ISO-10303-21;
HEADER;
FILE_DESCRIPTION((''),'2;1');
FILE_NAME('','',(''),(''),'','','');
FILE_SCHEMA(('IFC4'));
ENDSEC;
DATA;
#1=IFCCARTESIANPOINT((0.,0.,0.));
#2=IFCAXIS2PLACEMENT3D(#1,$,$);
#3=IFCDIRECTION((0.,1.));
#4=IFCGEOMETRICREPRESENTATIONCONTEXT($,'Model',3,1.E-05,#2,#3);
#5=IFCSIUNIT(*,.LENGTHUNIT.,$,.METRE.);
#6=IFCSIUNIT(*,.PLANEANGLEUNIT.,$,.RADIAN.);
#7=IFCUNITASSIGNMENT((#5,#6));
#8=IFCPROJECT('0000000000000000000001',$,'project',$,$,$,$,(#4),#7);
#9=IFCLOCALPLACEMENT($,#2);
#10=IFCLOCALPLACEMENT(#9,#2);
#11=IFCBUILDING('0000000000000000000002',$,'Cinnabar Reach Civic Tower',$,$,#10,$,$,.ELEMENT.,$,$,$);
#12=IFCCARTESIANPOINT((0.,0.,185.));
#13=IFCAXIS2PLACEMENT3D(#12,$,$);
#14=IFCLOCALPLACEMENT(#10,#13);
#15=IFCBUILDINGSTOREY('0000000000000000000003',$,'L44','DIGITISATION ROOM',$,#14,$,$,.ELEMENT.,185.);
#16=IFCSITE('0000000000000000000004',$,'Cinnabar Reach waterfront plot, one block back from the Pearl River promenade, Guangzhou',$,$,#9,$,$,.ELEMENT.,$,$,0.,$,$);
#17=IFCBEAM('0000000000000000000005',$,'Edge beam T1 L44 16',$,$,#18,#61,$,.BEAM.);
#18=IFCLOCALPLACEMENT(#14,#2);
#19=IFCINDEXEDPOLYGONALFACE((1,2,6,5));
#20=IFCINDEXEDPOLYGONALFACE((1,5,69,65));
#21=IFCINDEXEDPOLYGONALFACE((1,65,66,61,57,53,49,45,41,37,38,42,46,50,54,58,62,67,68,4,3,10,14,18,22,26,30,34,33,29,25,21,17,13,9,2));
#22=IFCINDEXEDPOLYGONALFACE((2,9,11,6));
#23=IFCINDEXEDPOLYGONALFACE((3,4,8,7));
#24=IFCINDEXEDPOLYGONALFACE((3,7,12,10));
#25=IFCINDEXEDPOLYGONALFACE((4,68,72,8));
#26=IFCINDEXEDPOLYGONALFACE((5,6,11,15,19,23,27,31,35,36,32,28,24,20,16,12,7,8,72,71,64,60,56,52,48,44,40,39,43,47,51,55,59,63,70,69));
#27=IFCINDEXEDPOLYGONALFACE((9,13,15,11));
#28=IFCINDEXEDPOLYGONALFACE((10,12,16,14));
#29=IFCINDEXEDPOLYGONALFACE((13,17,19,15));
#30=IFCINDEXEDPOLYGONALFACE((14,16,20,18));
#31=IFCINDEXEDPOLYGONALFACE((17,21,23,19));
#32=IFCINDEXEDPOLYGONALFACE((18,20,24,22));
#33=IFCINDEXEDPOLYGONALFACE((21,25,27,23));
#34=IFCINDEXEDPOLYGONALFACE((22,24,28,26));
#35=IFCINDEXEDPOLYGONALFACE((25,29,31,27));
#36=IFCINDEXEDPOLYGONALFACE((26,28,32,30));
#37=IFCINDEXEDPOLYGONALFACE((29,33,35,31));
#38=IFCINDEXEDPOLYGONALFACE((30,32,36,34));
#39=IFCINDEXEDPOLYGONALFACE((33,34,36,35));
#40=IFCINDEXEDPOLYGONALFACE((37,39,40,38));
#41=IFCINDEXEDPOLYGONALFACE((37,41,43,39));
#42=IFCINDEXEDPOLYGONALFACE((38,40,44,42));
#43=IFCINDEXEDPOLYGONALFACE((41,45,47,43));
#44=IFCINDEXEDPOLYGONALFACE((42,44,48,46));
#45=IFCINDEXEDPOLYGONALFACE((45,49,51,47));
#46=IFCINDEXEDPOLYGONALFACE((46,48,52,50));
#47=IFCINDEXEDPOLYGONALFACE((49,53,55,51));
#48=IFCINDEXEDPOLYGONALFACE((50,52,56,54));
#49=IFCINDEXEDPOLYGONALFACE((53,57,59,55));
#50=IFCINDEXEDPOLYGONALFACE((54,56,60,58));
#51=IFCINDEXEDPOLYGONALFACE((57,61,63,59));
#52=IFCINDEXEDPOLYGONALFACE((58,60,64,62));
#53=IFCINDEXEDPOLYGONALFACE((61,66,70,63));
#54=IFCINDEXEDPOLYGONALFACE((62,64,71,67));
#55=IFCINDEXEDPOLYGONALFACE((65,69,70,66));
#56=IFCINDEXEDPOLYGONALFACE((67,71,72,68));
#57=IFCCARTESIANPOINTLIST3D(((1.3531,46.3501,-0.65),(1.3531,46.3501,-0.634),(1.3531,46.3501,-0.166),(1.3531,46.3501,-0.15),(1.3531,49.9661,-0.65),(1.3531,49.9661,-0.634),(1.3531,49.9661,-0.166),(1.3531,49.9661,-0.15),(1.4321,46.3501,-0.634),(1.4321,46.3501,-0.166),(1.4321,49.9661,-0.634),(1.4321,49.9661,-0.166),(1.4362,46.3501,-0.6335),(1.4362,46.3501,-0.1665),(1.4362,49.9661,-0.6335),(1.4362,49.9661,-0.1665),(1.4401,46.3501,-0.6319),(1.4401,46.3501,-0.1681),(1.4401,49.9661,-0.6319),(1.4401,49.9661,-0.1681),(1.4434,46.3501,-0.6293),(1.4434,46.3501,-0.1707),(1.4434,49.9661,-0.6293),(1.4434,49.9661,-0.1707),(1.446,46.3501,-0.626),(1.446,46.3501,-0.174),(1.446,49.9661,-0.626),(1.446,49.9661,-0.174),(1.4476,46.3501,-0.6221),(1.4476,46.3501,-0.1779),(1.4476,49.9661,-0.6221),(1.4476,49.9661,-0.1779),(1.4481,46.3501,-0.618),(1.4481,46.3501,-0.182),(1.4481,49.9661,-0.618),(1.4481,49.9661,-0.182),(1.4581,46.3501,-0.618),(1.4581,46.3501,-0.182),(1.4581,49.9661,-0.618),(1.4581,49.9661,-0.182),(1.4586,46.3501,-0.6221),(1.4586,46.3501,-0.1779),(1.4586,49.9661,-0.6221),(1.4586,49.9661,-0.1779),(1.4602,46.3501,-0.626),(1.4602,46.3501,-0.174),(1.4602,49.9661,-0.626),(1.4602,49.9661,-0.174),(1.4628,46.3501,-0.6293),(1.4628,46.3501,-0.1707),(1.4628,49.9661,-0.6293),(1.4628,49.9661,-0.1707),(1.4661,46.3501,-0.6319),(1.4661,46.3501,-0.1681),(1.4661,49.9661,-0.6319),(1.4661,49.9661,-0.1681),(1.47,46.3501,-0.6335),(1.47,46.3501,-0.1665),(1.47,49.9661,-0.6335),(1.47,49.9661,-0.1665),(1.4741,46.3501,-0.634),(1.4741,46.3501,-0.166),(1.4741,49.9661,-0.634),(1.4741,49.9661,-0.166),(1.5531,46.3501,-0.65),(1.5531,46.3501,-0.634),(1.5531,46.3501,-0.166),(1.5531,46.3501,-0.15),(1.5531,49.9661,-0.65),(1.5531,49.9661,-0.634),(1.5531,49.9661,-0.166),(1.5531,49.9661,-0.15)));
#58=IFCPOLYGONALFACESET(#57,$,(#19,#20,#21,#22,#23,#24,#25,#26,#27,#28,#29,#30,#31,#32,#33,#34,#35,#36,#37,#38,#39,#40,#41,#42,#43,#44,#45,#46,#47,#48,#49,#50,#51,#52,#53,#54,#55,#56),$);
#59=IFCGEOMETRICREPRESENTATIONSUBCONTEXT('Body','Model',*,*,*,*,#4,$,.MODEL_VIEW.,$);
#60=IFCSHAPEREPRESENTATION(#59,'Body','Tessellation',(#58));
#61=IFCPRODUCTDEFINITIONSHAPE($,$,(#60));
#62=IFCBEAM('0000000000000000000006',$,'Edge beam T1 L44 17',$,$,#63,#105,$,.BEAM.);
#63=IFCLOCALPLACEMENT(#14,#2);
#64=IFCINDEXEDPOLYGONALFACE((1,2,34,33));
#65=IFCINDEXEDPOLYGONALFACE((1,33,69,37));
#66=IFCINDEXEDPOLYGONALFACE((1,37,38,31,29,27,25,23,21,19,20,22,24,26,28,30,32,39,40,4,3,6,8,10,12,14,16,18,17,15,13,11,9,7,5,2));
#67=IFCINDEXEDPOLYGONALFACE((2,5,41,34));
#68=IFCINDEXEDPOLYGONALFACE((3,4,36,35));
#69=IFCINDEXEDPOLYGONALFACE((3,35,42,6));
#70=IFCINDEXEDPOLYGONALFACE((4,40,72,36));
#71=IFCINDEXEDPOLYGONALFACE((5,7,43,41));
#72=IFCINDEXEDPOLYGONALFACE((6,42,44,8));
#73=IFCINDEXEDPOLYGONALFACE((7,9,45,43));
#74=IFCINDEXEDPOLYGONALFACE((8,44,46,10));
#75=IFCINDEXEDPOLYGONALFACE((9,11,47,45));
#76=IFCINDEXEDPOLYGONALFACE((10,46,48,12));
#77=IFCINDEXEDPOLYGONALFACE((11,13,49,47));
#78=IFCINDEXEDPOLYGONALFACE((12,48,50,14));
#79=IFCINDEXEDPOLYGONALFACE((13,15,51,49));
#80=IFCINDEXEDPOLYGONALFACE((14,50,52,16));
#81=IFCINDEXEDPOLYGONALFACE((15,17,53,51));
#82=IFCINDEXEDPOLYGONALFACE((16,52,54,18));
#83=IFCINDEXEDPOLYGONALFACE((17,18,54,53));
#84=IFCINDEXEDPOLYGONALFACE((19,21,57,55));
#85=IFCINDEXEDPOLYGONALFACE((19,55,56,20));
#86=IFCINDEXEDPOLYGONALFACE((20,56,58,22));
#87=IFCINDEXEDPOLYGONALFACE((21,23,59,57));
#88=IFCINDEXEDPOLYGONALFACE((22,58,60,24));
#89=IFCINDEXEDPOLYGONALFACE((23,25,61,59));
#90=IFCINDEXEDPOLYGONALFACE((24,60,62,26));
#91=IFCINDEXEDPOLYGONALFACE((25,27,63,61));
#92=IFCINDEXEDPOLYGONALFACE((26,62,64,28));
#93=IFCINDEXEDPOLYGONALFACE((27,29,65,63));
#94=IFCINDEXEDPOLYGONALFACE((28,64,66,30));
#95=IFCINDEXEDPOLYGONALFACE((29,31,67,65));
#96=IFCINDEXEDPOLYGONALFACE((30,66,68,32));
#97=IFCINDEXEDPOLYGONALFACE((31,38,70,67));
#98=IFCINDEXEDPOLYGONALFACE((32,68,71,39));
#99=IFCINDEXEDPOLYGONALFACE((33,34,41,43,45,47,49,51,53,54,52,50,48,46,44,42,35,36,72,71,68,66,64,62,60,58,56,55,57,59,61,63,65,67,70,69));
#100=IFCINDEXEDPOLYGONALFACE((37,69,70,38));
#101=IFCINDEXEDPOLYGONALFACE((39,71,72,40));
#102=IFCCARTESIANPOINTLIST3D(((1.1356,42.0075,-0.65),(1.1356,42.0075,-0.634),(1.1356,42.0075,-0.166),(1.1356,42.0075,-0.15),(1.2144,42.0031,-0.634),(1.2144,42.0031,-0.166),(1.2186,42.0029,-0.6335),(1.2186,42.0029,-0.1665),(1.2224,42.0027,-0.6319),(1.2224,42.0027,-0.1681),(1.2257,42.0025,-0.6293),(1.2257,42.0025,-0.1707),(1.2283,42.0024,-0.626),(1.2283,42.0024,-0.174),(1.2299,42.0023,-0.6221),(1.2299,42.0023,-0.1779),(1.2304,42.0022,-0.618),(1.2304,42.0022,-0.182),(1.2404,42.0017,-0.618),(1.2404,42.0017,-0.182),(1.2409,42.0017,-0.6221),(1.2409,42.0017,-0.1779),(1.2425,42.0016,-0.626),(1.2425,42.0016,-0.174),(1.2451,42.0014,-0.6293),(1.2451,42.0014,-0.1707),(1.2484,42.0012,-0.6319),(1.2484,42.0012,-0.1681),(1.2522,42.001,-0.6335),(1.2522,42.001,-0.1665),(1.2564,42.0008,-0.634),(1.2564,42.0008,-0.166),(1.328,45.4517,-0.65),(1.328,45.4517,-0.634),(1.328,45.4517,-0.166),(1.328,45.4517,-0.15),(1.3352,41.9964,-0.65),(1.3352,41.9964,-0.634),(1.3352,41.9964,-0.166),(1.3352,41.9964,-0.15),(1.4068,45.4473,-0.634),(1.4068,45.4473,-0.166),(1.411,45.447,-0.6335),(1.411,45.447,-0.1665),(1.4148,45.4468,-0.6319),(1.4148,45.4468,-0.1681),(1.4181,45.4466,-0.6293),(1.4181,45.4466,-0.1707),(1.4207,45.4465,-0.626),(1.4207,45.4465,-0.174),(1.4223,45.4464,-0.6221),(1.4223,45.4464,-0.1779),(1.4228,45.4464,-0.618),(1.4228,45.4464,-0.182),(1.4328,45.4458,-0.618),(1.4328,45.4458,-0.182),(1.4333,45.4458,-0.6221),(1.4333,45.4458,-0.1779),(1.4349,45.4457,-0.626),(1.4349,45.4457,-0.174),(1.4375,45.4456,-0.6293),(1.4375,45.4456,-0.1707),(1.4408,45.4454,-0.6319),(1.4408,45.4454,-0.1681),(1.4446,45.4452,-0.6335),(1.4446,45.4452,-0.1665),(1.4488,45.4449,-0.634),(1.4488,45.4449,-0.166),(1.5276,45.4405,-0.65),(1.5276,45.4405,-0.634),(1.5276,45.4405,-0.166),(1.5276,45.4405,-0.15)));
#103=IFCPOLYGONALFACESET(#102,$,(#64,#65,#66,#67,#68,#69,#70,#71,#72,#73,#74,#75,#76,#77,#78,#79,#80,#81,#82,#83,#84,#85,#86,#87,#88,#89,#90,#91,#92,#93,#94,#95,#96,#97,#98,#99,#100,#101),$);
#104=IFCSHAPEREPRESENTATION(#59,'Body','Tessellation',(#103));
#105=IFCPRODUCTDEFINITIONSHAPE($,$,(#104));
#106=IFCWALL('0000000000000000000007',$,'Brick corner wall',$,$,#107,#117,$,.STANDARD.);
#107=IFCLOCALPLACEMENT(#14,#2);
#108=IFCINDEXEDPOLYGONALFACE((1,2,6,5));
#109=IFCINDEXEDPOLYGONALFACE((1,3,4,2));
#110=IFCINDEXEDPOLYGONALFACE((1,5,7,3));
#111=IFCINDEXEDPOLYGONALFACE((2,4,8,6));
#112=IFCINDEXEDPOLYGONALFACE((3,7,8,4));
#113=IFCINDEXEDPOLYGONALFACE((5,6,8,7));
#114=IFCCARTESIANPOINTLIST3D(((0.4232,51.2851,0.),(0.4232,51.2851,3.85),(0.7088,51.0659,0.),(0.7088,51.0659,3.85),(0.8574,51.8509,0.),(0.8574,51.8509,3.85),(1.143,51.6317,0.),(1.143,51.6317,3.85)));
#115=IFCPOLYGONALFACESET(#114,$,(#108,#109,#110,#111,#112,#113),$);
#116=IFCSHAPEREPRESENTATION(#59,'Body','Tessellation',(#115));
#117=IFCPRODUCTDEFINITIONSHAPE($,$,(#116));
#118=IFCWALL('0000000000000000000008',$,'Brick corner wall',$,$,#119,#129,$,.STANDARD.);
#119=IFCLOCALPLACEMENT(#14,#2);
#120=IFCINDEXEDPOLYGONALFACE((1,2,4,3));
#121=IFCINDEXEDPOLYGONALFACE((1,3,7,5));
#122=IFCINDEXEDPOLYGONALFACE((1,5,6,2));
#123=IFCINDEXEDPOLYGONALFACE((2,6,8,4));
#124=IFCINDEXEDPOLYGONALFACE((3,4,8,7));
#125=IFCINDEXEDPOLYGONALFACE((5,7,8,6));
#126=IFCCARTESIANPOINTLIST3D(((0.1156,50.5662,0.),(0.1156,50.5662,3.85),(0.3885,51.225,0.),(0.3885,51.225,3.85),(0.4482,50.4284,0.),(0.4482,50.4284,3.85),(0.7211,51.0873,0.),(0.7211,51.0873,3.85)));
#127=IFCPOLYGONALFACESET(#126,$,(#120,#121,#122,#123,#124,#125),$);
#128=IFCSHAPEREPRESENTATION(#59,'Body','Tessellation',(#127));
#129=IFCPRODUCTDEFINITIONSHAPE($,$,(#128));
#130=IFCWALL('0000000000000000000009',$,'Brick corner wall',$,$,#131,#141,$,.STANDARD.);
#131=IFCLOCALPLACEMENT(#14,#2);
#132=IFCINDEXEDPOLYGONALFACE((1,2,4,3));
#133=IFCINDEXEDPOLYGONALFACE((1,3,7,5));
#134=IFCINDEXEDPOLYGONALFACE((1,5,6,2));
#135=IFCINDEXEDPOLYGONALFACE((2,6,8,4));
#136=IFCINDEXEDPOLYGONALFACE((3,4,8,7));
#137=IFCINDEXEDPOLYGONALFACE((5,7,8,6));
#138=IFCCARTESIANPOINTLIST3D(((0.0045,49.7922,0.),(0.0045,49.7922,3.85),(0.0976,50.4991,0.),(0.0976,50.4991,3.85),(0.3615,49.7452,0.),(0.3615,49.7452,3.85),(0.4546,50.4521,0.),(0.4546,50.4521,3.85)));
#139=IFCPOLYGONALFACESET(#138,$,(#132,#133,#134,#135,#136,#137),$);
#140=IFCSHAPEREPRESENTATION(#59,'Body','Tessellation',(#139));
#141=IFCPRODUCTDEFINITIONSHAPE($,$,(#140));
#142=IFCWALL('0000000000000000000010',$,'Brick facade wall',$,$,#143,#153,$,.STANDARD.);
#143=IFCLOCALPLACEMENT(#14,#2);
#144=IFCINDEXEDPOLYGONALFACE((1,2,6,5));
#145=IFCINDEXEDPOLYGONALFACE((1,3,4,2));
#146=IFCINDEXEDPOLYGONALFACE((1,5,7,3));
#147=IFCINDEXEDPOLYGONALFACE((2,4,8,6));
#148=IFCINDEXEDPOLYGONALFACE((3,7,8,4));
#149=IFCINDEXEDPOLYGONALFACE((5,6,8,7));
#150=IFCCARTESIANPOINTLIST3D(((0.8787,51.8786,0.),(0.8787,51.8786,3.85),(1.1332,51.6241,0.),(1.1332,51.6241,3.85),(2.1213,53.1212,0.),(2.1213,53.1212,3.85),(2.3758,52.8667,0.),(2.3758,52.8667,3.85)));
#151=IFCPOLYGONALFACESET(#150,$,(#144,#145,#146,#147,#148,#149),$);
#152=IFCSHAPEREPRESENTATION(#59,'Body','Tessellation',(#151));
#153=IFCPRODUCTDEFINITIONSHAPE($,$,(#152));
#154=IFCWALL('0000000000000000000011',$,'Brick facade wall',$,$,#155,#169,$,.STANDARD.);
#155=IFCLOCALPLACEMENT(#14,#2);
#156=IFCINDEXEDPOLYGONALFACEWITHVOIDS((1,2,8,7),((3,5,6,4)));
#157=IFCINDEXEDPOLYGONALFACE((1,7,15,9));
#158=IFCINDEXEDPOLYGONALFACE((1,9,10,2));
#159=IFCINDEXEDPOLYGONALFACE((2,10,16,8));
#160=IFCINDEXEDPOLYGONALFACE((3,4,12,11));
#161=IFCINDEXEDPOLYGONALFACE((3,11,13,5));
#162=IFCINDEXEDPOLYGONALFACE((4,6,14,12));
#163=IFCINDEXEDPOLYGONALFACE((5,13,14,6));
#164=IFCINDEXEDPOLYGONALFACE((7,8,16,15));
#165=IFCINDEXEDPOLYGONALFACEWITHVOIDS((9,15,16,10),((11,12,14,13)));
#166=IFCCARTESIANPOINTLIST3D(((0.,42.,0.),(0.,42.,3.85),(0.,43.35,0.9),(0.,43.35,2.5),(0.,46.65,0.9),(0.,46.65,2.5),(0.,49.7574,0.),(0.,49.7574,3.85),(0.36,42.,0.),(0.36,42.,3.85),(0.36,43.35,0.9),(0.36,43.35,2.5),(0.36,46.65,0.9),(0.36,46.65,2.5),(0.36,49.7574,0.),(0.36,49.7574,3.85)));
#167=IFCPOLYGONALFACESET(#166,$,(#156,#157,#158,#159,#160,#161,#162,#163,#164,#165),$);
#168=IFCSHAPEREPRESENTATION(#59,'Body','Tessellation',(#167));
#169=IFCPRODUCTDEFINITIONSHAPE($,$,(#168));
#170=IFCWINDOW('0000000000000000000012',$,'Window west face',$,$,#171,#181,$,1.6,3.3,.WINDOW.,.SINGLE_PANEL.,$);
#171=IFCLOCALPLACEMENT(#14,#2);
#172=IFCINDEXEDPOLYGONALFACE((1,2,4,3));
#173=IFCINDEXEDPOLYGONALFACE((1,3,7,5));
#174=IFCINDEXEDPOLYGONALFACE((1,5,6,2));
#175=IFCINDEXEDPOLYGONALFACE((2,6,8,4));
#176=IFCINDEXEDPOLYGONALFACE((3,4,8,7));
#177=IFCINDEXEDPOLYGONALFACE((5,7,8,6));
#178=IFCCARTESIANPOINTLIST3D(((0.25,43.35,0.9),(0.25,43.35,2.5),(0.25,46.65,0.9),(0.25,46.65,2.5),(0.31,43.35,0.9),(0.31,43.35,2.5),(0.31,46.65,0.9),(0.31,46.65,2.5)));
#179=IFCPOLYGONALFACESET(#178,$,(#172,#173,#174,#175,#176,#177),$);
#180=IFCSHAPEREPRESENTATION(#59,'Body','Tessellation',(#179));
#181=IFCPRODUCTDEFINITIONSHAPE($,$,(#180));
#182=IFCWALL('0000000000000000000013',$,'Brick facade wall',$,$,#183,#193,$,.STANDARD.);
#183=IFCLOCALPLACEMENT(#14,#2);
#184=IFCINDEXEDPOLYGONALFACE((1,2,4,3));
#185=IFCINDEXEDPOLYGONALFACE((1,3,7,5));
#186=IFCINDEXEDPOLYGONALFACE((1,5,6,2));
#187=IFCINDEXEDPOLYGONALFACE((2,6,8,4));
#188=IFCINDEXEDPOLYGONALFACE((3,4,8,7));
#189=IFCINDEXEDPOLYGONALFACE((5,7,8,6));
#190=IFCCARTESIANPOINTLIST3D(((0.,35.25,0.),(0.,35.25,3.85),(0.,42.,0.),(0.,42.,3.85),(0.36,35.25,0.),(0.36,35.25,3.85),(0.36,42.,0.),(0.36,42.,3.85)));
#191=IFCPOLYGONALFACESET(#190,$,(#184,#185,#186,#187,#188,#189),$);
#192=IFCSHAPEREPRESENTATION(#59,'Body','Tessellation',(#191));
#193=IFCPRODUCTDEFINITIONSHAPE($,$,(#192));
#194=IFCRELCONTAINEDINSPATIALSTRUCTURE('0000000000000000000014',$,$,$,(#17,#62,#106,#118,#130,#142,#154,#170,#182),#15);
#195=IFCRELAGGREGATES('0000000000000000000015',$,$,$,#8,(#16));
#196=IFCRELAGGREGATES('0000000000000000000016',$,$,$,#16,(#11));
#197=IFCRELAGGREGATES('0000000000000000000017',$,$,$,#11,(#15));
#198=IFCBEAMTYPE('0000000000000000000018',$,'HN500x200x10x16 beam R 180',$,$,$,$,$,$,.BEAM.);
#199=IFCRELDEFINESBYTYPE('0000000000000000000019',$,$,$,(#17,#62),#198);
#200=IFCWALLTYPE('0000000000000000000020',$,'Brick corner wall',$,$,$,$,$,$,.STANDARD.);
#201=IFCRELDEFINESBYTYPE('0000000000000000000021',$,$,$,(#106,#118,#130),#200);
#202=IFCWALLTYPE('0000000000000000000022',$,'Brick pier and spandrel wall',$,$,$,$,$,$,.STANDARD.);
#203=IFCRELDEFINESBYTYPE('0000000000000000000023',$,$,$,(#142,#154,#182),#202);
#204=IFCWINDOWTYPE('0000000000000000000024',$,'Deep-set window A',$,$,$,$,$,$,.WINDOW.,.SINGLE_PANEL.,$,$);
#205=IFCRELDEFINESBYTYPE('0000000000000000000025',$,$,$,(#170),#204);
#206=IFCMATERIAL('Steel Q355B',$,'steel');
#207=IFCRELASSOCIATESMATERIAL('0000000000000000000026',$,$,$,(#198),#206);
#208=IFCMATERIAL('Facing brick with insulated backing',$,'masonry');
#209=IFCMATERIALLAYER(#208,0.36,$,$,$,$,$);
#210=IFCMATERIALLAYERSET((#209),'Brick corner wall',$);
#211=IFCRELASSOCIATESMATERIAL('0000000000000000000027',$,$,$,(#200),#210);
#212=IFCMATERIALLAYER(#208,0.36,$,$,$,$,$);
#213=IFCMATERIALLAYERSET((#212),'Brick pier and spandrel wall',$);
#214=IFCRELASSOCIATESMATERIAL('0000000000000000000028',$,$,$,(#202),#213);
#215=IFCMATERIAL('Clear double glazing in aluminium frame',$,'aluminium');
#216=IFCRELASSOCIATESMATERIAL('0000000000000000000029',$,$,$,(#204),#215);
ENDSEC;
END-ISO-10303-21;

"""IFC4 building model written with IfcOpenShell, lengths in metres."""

from ifc_helpers import new_model, si_unit, direction, frame, frame_2d, origin, origin_2d, place, context, subcontext, project, spatial, rectangle, i_section, extrude, material, layer, layer_set, material_profile, profile_set, type_object, element, fill, save


model = new_model("IFC4")

# Units and contexts
model_context = context("Model", 3, precision=1e-05, world=origin(), true_north=direction((0.0, 1.0)))
body_context = subcontext(model_context, "Body", "Model", "MODEL_VIEW")
ifc_project = project(units=[si_unit("LENGTHUNIT", "METRE"), si_unit("PLANEANGLEUNIT", "RADIAN")], contexts=[model_context])

# Site, building, storey
site_placement = place(None, origin())
site = spatial("IfcSite", under=ifc_project, at=site_placement, Name="Cinnabar Reach waterfront plot, one block back from the Pearl River promenade, Guangzhou", CompositionType="ELEMENT", RefElevation=0.0)
building_placement = place(site_placement, origin())
building = spatial("IfcBuilding", under=site, at=building_placement, Name="Cinnabar Reach Civic Tower", CompositionType="ELEMENT")
storey_placement = place(building_placement, frame((0.0, 0.0, 185.0)))
storey = spatial("IfcBuildingStorey", under=building, at=storey_placement, Name="L44", Description="DIGITISATION ROOM", CompositionType="ELEMENT", Elevation=185.0)

# Beams
ifc_material_1 = material(Name="Steel Q355B", Category="steel")
ifc_material_profile_1 = material_profile(ifc_material_1, i_section(OverallWidth=0.2, OverallDepth=0.5, WebThickness=0.01, FlangeThickness=0.016, FilletRadius=0.016, at=origin_2d()), Name="HN500x200x10x16")
ifc_profile_set_1 = profile_set([ifc_material_profile_1], Name="Steel Q355B")
beam_type_1 = type_object("IfcBeamType", Name="HN500x200x10x16 beam R 180", PredefinedType="BEAM", material=ifc_profile_set_1)
beam_1_placement = place(storey_placement, frame((1.4531, 49.9661, -0.4), z_axis=(0.0, -1.0, 0.0), x_axis=(1.0, 0.0, 0.0)))
element("IfcBeam", 1, at=beam_1_placement, inside=storey, type_object=beam_type_1, Name="Edge beam T1 L44 16", PredefinedType="BEAM", context=body_context, shape_type="SweptSolid", body=[
    extrude(i_section(OverallWidth=0.2, OverallDepth=0.5, WebThickness=0.01, FlangeThickness=0.016, FilletRadius=0.016, at=origin_2d()), origin(), (0.0, 0.0, 1.0), 3.616),
])
beam_2_placement = place(storey_placement, frame((1.4278, 45.4461, -0.4), z_axis=(-0.055777, -0.998443, 0.0), x_axis=(0.998443, -0.055777, 0.0)))
element("IfcBeam", 2, at=beam_2_placement, inside=storey, type_object=beam_type_1, Name="Edge beam T1 L44 17", PredefinedType="BEAM", context=body_context, shape_type="SweptSolid", body=[
    extrude(i_section(OverallWidth=0.2, OverallDepth=0.5, WebThickness=0.01, FlangeThickness=0.016, FilletRadius=0.016, at=origin_2d()), origin(), (0.0, 0.0, 1.0), 3.4495),
])

# Walls
ifc_material_2 = material(Name="Facing brick with insulated backing", Category="masonry")
ifc_layer_1 = layer(ifc_material_2, 0.36)
ifc_layer_set_1 = layer_set([ifc_layer_1], Name="Brick corner wall")
wall_type_1 = type_object("IfcWallType", Name="Brick corner wall", PredefinedType="STANDARD", material=ifc_layer_set_1)
wall_1_placement = place(storey_placement, frame((1.0002, 51.7413, 0.0), z_axis=(0.0, 0.0, 1.0), x_axis=(-0.608802, -0.793322, 0.0)))
element("IfcWall", 3, at=wall_1_placement, inside=storey, type_object=wall_type_1, Name="Brick corner wall", PredefinedType="STANDARD", context=body_context, shape_type="SweptSolid", body=[
    extrude(rectangle(XDim=0.7132, YDim=0.36, at=frame_2d((0.3566, 0.0))), origin(), (0.0, 0.0, 1.0), 3.85),
])
for number, where, z_axis, x_axis, name in (
    (4, (0.5548, 51.1561, 0.0), (0.0, 0.0, 1.0), (-0.382703, -0.923872, 0.0), "Brick corner wall"),
    (5, (0.2761, 50.4756, 0.0), (0.0, 0.0, 1.0), (-0.130556, -0.991441, 0.0), "Brick corner wall"),
):
    element("IfcWall", number, at=place(storey_placement, frame(where, z_axis=z_axis, x_axis=x_axis)), inside=storey, type_object=wall_type_1, Name=name, PredefinedType="STANDARD", context=body_context, shape_type="SweptSolid", body=[
        extrude(rectangle(XDim=0.7131, YDim=0.36, at=frame_2d((0.3565, 0.0))), origin(), (0.0, 0.0, 1.0), 3.85),
    ])
ifc_layer_2 = layer(ifc_material_2, 0.36)
ifc_layer_set_2 = layer_set([ifc_layer_2], Name="Brick pier and spandrel wall")
wall_type_2 = type_object("IfcWallType", Name="Brick pier and spandrel wall", PredefinedType="STANDARD", material=ifc_layer_set_2)
wall_2_placement = place(storey_placement, frame((2.2486, 52.994, 0.0), z_axis=(0.0, 0.0, 1.0), x_axis=(-0.707107, -0.707107, 0.0)))
element("IfcWall", 6, at=wall_2_placement, inside=storey, type_object=wall_type_2, Name="Brick facade wall", PredefinedType="STANDARD", context=body_context, shape_type="SweptSolid", body=[
    extrude(rectangle(XDim=1.7573, YDim=0.36, at=frame_2d((0.8787, 0.0))), origin(), (0.0, 0.0, 1.0), 3.85),
])

# Wall, opening, window
wall_3_placement = place(storey_placement, frame((0.18, 49.7574, 0.0), z_axis=(0.0, 0.0, 1.0), x_axis=(0.0, -1.0, 0.0)))
wall_3 = element("IfcWall", 7, at=wall_3_placement, inside=storey, type_object=wall_type_2, Name="Brick facade wall", PredefinedType="STANDARD", context=body_context, shape_type="SweptSolid", body=[
    extrude(rectangle(XDim=7.7574, YDim=0.36, at=frame_2d((3.8787, 0.0))), origin(), (0.0, 0.0, 1.0), 3.85),
])
opening_1_placement = place(wall_3_placement, frame((3.1074, 0.0, 0.9)))
opening_1 = element("IfcOpeningElement", 8, at=opening_1_placement, cuts=wall_3, PredefinedType="OPENING", context=body_context, shape_type="SweptSolid", body=[
    extrude(rectangle(XDim=3.3, YDim=1.6, at=frame_2d((1.65, 0.8))), frame((0.0, 0.19, 0.0), z_axis=(0.0, -1.0, 0.0), x_axis=(1.0, 0.0, 0.0)), (0.0, 0.0, 1.0), 0.38),
])
ifc_material_3 = material(Name="Clear double glazing in aluminium frame", Category="aluminium")
window_type = type_object("IfcWindowType", Name="Deep-set window A", PartitioningType="SINGLE_PANEL", PredefinedType="WINDOW", material=ifc_material_3)
window_placement = place(opening_1_placement, origin())
window = element("IfcWindow", 9, at=window_placement, inside=storey, type_object=window_type, Name="Window west face", OverallHeight=1.6, OverallWidth=3.3, PartitioningType="SINGLE_PANEL", PredefinedType="WINDOW", context=body_context, shape_type="SweptSolid", body=[
    extrude(rectangle(XDim=3.3, YDim=1.6, at=frame_2d((1.65, 0.8))), frame((0.0, 0.13, 0.0), z_axis=(0.0, -1.0, 0.0), x_axis=(1.0, 0.0, 0.0)), (0.0, 0.0, 1.0), 0.06),
])
fill(opening_1, window)

# Wall
wall_4_placement = place(storey_placement, frame((0.18, 42.0, 0.0), z_axis=(0.0, 0.0, 1.0), x_axis=(0.0, -1.0, 0.0)))
element("IfcWall", 10, at=wall_4_placement, inside=storey, type_object=wall_type_2, Name="Brick facade wall", PredefinedType="STANDARD", context=body_context, shape_type="SweptSolid", body=[
    extrude(rectangle(XDim=6.75, YDim=0.36, at=frame_2d((3.375, 0.0))), origin(), (0.0, 0.0, 1.0), 3.85),
])

save(model, "model.ifc")
